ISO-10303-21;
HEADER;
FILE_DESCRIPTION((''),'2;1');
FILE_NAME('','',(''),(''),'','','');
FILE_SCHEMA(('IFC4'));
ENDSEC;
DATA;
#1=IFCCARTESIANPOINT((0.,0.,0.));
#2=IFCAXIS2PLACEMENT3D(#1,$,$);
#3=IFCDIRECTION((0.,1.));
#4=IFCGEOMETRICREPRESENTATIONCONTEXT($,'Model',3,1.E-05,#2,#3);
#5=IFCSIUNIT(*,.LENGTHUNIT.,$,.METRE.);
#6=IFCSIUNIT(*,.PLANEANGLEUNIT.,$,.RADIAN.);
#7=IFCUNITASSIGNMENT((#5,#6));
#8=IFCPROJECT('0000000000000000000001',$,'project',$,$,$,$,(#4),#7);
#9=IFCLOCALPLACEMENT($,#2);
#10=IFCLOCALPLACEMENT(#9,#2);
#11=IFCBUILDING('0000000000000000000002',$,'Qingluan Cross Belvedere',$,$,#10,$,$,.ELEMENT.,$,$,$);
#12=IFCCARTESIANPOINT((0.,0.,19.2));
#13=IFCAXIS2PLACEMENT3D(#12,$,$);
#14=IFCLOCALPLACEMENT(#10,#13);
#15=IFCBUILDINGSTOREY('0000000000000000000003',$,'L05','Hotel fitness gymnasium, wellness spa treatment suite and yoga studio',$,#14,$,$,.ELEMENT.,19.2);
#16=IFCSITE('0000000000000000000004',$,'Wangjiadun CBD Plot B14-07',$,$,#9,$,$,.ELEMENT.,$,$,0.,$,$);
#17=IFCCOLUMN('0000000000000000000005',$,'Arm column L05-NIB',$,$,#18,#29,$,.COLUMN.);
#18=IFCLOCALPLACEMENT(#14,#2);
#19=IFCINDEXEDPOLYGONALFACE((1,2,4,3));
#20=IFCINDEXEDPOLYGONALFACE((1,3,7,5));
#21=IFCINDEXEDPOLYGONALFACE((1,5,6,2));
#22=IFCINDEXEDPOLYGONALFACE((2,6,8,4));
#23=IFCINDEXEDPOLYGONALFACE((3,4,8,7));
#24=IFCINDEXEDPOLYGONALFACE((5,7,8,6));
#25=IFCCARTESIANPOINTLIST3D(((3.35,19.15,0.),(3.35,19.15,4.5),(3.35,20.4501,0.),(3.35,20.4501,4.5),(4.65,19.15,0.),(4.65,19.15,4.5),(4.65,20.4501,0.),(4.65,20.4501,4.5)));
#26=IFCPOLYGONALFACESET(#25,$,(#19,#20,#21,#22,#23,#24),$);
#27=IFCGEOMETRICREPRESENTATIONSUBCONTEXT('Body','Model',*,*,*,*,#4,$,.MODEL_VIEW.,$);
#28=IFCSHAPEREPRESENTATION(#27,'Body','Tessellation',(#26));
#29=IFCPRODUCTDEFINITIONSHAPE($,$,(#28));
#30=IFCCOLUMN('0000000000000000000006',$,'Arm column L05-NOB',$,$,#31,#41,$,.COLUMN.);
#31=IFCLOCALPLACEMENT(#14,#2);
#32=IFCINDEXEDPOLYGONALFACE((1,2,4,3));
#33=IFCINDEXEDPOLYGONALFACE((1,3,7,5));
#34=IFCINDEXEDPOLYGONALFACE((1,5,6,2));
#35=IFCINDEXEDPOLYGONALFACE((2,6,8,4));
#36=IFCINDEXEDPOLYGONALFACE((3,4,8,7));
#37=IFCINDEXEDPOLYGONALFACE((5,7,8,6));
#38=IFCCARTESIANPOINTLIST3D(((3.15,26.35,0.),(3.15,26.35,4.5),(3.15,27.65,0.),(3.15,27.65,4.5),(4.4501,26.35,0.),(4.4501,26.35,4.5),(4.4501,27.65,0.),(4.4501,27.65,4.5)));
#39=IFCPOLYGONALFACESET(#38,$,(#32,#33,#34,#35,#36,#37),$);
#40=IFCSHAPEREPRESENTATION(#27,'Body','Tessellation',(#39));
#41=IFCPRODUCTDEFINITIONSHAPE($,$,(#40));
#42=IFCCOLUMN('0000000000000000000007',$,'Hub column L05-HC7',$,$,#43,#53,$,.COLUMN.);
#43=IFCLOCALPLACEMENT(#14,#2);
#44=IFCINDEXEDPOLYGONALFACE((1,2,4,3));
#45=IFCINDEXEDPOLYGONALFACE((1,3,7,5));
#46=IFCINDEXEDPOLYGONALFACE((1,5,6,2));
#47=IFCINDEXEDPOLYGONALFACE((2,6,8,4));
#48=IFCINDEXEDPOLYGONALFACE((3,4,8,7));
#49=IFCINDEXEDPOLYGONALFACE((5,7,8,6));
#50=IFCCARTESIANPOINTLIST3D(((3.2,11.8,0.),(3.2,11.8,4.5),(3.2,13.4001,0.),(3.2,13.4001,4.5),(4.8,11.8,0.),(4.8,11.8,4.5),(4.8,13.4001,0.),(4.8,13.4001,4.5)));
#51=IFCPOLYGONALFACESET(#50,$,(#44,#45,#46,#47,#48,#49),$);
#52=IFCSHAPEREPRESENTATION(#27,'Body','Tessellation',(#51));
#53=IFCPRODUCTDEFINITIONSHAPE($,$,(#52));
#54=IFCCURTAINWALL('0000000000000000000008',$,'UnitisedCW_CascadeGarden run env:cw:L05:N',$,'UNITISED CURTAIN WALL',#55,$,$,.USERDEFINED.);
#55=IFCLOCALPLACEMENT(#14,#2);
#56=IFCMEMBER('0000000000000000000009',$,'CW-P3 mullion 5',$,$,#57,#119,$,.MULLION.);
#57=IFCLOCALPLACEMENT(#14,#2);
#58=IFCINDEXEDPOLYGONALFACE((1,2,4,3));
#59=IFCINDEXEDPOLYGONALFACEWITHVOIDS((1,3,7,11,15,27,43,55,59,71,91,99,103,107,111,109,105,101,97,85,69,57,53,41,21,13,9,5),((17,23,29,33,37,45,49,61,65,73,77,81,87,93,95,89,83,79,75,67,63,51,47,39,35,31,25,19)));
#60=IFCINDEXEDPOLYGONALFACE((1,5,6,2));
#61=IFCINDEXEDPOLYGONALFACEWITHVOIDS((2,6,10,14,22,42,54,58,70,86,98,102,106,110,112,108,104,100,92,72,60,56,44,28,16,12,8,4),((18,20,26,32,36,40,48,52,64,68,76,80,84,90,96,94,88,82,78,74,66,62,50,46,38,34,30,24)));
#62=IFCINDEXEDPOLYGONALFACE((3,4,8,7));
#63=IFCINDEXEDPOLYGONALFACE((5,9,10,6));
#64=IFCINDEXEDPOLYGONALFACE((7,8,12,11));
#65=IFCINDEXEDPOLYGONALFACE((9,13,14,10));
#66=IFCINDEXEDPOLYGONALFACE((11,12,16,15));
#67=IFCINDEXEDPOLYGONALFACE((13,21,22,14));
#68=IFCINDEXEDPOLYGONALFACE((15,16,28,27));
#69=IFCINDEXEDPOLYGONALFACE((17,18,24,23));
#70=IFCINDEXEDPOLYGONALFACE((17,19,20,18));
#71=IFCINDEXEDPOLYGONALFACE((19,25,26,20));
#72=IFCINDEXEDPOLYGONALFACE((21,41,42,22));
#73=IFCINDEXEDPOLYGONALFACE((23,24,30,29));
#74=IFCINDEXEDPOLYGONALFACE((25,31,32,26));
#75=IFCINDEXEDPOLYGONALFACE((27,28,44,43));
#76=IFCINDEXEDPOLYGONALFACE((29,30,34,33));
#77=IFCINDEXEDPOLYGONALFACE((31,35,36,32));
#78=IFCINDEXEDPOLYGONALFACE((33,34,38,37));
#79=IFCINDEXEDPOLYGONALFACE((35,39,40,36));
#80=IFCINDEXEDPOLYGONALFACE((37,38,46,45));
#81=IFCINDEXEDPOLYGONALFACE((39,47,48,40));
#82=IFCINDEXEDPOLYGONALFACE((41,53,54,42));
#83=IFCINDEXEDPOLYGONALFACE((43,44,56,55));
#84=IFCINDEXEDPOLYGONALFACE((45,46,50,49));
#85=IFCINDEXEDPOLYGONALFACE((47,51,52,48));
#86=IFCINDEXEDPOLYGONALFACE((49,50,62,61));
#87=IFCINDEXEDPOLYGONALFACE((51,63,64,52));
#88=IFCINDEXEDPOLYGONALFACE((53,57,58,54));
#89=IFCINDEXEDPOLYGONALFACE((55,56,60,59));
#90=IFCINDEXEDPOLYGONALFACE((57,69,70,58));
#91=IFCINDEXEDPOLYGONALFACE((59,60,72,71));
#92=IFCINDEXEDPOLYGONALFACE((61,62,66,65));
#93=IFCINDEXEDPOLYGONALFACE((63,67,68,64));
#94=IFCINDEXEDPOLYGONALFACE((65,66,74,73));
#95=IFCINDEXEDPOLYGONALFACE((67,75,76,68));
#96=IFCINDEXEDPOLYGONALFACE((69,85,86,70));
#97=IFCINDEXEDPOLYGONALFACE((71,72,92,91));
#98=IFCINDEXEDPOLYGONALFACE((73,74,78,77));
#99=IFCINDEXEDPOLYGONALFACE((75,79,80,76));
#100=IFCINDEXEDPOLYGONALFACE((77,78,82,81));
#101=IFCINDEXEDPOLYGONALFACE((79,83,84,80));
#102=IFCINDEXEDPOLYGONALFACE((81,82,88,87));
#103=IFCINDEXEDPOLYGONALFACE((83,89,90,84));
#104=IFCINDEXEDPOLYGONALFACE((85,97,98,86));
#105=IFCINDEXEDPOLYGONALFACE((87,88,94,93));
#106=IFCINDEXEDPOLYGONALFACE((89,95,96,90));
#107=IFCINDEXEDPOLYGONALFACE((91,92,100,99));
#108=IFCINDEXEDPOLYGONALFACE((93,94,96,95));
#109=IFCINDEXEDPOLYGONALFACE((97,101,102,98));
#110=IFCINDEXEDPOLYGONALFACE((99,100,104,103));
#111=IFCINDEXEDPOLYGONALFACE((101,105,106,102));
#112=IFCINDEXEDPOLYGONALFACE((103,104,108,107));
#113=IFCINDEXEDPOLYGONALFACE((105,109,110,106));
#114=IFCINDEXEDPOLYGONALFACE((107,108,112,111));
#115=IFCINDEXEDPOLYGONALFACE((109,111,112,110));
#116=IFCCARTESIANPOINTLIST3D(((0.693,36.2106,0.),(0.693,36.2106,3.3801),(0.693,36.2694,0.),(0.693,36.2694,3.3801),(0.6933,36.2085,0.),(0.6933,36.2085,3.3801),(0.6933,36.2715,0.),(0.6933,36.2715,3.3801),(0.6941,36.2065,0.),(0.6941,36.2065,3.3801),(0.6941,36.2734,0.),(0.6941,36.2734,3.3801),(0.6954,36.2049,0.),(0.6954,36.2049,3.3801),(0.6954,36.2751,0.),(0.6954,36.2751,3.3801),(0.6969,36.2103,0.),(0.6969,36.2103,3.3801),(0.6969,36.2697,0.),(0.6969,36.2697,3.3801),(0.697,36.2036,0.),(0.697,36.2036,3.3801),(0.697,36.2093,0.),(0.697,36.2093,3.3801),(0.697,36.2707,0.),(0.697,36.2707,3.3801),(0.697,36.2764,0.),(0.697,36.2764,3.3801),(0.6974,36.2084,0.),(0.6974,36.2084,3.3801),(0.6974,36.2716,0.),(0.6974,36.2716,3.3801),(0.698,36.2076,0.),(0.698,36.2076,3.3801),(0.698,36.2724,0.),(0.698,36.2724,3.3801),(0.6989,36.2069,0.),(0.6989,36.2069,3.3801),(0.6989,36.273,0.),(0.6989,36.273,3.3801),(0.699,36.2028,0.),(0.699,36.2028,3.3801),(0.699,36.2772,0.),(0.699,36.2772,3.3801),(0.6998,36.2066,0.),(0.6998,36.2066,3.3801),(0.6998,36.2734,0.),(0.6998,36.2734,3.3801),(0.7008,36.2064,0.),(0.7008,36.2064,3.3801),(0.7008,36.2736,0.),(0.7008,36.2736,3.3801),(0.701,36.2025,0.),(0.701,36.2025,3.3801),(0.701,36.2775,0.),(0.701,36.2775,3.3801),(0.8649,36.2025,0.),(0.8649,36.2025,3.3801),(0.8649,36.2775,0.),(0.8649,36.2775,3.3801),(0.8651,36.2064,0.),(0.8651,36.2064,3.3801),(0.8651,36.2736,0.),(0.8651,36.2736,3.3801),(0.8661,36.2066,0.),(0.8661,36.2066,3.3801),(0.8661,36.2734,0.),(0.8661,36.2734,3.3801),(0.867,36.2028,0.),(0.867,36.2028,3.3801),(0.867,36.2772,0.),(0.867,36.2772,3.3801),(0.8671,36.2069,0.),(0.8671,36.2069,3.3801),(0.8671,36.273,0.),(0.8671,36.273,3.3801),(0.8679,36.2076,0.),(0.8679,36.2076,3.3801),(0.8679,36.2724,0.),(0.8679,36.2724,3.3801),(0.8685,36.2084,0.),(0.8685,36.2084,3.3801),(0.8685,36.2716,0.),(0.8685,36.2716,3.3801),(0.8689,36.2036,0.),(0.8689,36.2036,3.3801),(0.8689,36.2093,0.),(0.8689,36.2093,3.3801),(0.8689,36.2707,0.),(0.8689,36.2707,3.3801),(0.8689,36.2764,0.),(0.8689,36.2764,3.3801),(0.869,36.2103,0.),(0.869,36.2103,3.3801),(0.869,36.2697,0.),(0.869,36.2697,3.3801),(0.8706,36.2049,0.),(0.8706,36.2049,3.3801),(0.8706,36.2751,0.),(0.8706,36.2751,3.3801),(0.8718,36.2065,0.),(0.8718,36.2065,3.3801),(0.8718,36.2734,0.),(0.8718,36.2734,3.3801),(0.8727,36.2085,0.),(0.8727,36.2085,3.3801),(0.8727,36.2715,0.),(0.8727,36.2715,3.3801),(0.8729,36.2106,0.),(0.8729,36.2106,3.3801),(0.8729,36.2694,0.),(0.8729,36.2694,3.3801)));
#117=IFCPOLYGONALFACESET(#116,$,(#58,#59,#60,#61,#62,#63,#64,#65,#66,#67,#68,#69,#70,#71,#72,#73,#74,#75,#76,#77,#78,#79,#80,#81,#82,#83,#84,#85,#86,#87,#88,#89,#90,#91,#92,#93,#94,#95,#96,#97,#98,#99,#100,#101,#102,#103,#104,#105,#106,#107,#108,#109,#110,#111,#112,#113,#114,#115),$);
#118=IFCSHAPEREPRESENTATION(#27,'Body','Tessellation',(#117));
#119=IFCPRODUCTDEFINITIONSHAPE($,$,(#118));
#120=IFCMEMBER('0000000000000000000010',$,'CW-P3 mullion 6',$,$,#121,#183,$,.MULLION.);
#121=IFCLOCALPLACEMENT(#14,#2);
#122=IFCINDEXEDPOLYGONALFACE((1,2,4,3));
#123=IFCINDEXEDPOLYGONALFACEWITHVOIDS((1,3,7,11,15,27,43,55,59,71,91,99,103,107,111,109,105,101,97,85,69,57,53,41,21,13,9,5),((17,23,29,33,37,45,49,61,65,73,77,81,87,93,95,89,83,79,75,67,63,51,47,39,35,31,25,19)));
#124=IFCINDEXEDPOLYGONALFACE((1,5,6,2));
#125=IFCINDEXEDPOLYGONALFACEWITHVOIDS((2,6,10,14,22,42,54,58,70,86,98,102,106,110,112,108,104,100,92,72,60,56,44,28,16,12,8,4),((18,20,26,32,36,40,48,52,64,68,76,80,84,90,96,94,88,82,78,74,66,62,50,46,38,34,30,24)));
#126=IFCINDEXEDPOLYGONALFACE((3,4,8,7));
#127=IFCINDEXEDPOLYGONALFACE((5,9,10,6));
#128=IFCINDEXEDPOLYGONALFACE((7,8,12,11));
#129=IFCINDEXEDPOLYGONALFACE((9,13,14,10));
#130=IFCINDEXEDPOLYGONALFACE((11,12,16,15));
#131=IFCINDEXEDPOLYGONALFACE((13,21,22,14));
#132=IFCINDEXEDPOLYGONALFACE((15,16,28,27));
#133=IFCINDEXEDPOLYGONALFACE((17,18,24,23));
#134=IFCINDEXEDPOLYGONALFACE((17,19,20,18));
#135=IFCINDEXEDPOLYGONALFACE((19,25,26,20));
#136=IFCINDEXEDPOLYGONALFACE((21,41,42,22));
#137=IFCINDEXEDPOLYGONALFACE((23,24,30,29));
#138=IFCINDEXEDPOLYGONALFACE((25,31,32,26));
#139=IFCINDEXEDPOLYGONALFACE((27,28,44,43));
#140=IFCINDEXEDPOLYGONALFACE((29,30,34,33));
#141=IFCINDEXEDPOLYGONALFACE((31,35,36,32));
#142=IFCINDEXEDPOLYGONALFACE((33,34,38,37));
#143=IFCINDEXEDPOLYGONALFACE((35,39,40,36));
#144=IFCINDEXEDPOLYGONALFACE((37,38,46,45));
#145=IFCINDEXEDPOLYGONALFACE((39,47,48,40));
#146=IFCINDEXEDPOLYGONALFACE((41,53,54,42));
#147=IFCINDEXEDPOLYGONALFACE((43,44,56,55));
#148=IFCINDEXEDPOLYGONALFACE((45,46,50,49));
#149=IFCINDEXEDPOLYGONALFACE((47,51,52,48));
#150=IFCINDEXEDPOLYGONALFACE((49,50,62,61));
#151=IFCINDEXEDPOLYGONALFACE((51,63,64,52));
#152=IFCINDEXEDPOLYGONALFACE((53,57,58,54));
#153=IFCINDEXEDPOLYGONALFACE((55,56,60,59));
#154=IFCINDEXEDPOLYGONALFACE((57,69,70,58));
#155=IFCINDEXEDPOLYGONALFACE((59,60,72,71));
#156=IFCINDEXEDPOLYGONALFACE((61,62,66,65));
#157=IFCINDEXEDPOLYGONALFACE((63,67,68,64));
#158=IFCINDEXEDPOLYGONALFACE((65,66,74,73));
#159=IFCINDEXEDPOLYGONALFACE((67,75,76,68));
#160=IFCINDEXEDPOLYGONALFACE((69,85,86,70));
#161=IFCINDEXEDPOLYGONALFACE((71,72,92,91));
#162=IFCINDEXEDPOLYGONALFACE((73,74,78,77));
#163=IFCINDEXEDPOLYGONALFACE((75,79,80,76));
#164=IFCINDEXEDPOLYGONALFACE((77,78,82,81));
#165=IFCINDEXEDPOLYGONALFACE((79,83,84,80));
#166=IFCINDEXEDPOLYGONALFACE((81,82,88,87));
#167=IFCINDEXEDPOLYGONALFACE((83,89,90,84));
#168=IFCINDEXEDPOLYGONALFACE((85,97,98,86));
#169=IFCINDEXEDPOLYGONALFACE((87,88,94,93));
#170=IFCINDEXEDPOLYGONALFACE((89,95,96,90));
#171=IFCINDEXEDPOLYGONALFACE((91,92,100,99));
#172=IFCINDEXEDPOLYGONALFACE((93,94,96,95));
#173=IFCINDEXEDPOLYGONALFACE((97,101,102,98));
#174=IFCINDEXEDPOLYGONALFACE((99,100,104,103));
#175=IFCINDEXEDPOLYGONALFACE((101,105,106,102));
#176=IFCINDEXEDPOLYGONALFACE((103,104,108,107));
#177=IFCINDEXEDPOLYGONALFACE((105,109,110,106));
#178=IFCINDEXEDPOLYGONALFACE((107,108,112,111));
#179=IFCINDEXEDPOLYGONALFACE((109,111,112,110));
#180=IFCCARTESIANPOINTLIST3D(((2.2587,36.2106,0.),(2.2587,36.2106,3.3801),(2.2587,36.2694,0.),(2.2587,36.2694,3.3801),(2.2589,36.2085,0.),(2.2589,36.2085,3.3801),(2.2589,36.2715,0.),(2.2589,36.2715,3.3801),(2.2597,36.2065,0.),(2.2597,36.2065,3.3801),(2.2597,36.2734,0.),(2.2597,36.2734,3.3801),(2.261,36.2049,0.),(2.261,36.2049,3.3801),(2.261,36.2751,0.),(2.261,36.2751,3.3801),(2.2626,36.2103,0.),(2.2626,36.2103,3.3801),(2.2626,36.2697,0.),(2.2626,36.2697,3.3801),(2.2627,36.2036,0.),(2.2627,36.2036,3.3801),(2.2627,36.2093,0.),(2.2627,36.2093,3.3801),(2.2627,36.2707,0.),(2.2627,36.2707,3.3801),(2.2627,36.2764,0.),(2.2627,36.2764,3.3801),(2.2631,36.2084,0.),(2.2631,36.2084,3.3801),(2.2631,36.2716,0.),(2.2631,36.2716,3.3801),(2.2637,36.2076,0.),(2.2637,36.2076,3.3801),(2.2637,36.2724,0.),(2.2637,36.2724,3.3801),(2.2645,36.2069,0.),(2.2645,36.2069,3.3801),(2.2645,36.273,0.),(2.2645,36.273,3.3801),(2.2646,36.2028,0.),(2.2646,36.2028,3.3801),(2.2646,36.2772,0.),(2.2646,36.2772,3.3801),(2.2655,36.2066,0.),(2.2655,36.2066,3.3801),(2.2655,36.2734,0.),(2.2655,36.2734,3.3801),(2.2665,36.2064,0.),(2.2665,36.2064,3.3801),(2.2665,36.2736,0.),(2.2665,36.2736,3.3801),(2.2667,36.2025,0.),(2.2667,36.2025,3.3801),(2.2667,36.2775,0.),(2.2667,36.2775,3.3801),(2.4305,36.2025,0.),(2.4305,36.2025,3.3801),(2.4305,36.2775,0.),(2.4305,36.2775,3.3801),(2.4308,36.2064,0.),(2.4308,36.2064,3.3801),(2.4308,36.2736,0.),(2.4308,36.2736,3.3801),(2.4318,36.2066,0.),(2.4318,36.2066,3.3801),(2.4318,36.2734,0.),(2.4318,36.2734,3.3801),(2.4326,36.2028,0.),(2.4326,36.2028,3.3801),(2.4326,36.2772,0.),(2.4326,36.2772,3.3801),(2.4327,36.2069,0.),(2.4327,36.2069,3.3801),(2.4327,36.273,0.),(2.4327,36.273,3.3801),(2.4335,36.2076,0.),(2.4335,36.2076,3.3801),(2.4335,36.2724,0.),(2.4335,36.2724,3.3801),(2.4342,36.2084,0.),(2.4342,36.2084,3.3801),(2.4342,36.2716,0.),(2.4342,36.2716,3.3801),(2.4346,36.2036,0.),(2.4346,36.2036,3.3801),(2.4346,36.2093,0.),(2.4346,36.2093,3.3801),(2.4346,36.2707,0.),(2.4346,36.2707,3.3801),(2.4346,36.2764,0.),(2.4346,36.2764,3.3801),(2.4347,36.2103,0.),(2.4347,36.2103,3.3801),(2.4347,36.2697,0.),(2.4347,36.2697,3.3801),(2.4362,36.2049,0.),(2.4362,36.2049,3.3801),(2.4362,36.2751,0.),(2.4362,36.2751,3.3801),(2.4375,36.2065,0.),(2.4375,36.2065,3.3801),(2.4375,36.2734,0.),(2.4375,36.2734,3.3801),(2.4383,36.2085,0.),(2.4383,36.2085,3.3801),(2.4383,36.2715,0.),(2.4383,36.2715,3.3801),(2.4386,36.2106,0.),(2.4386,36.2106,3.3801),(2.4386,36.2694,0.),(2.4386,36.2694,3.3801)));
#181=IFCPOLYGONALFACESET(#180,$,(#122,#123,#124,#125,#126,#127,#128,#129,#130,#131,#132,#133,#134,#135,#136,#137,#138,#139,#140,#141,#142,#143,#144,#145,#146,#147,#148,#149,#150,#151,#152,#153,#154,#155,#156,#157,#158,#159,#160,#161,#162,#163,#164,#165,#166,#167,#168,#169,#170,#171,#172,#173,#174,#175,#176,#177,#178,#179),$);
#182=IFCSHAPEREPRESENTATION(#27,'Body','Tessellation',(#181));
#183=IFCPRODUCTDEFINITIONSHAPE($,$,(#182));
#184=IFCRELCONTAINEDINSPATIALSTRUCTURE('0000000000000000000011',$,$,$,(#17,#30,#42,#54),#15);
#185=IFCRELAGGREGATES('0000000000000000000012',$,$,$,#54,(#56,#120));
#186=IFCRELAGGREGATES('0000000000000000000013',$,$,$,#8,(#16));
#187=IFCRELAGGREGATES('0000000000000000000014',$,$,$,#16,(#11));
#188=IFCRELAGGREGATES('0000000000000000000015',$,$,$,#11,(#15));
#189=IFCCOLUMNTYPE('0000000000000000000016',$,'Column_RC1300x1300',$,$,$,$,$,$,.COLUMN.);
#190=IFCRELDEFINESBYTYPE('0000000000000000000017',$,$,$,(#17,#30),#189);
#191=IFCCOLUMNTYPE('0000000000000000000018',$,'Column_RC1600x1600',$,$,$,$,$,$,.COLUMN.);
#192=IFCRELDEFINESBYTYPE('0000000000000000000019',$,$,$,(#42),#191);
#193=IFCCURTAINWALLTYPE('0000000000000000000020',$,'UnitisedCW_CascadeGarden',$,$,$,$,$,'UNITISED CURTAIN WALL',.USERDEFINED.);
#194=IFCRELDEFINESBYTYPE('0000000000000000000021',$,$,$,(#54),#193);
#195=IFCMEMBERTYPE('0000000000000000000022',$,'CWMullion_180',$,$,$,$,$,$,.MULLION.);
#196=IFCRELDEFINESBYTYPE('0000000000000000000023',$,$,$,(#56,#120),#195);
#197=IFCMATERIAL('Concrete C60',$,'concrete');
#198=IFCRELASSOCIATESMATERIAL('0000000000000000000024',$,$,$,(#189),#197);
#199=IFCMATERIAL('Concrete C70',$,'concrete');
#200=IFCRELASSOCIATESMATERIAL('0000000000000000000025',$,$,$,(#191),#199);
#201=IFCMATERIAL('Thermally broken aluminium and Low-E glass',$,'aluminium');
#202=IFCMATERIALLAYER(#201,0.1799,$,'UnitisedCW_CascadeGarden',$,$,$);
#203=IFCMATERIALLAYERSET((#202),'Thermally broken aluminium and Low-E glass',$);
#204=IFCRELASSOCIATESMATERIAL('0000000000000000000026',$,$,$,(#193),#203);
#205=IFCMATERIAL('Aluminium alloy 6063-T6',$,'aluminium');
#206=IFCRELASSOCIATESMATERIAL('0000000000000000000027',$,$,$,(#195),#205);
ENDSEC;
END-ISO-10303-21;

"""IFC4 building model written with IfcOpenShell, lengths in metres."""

from ifc_helpers import new_model, si_unit, direction, frame, origin, origin_2d, place, context, subcontext, project, spatial, rectangle, hollow_rectangle, extrude, material, layer, layer_set, material_profile, profile_set, type_object, element, aggregate, save


model = new_model("IFC4")

# Units and contexts
model_context = context("Model", 3, precision=1e-05, world=origin(), true_north=direction((0.0, 1.0)))
body_context = subcontext(model_context, "Body", "Model", "MODEL_VIEW")
ifc_project = project(units=[si_unit("LENGTHUNIT", "METRE"), si_unit("PLANEANGLEUNIT", "RADIAN")], contexts=[model_context])

# Site, building, storey
site_placement = place(None, origin())
site = spatial("IfcSite", under=ifc_project, at=site_placement, Name="Wangjiadun CBD Plot B14-07", CompositionType="ELEMENT", RefElevation=0.0)
building_placement = place(site_placement, origin())
building = spatial("IfcBuilding", under=site, at=building_placement, Name="Qingluan Cross Belvedere", CompositionType="ELEMENT")
storey_placement = place(building_placement, frame((0.0, 0.0, 19.2)))
storey = spatial("IfcBuildingStorey", under=building, at=storey_placement, Name="L05", Description="Hotel fitness gymnasium, wellness spa treatment suite and yoga studio", CompositionType="ELEMENT", Elevation=19.2)

# Columns
ifc_material_1 = material(Name="Concrete C60", Category="concrete")
ifc_material_profile_1 = material_profile(ifc_material_1, rectangle(XDim=1.3, YDim=1.3, at=origin_2d()), Name="RC1300x1300")
ifc_profile_set_1 = profile_set([ifc_material_profile_1], Name="Concrete C60")
column_type_1 = type_object("IfcColumnType", Name="Column_RC1300x1300", PredefinedType="COLUMN", material=ifc_profile_set_1)
for number, where, z_axis, x_axis, name in (
    (1, (4.0, 19.8, 0.0), (0.0, 0.0, 1.0), (1.0, 0.0, 0.0), "Arm column L05-NIB"),
    (2, (3.8, 27.0, 0.0), (0.0, 0.0, 1.0), (1.0, 0.0, 0.0), "Arm column L05-NOB"),
):
    element("IfcColumn", number, at=place(storey_placement, frame(where, z_axis=z_axis, x_axis=x_axis)), inside=storey, type_object=column_type_1, Name=name, PredefinedType="COLUMN", context=body_context, shape_type="SweptSolid", body=[
        extrude(rectangle(XDim=1.3, YDim=1.3, at=origin_2d()), origin(), (0.0, 0.0, 1.0), 4.5),
    ])
ifc_material_2 = material(Name="Concrete C70", Category="concrete")
ifc_material_profile_2 = material_profile(ifc_material_2, rectangle(XDim=1.6001, YDim=1.6001, at=origin_2d()), Name="RC1600x1600")
ifc_profile_set_2 = profile_set([ifc_material_profile_2], Name="Concrete C70")
column_type_2 = type_object("IfcColumnType", Name="Column_RC1600x1600", PredefinedType="COLUMN", material=ifc_profile_set_2)
column_placement = place(storey_placement, frame((4.0, 12.6001, 0.0), z_axis=(0.0, 0.0, 1.0), x_axis=(1.0, 0.0, 0.0)))
element("IfcColumn", 3, at=column_placement, inside=storey, type_object=column_type_2, Name="Hub column L05-HC7", PredefinedType="COLUMN", context=body_context, shape_type="SweptSolid", body=[
    extrude(rectangle(XDim=1.6001, YDim=1.6001, at=origin_2d()), origin(), (0.0, 0.0, 1.0), 4.5),
])

# Curtain wall, members
ifc_material_3 = material(Name="Thermally broken aluminium and Low-E glass", Category="aluminium")
ifc_layer_1 = layer(ifc_material_3, 0.1799, Name="UnitisedCW_CascadeGarden")
ifc_layer_set_1 = layer_set([ifc_layer_1], Name="Thermally broken aluminium and Low-E glass")
curtain_wall_type = type_object("IfcCurtainWallType", Name="UnitisedCW_CascadeGarden", ElementType="UNITISED CURTAIN WALL", PredefinedType="USERDEFINED", material=ifc_layer_set_1)
curtain_wall_placement = place(storey_placement, origin())
curtain_wall = element("IfcCurtainWall", 4, at=curtain_wall_placement, inside=storey, type_object=curtain_wall_type, Name="UnitisedCW_CascadeGarden run env:cw:L05:N", ObjectType="UNITISED CURTAIN WALL", PredefinedType="USERDEFINED")
ifc_material_4 = material(Name="Aluminium alloy 6063-T6", Category="aluminium")
ifc_material_profile_3 = material_profile(ifc_material_4, hollow_rectangle(XDim=0.075, YDim=0.1799, WallThickness=0.0039, InnerFilletRadius=0.0039, OuterFilletRadius=0.0081, at=origin_2d()), Name="CWM180x75x4")
ifc_profile_set_3 = profile_set([ifc_material_profile_3], Name="Aluminium alloy 6063-T6")
member_type_1 = type_object("IfcMemberType", Name="CWMullion_180", PredefinedType="MULLION", material=ifc_profile_set_3)
member_1_placement = place(storey_placement, frame((0.783, 36.24, 0.0), z_axis=(0.0, 0.0, 1.0), x_axis=(0.0, 1.0, 0.0)))
member_1 = element("IfcMember", 5, at=member_1_placement, type_object=member_type_1, Name="CW-P3 mullion 5", PredefinedType="MULLION", context=body_context, shape_type="SweptSolid", body=[
    extrude(hollow_rectangle(XDim=0.075, YDim=0.1799, WallThickness=0.0039, InnerFilletRadius=0.0039, OuterFilletRadius=0.0081, at=origin_2d()), origin(), (0.0, 0.0, 1.0), 3.3801),
])
member_2_placement = place(storey_placement, frame((2.3486, 36.24, 0.0), z_axis=(0.0, 0.0, 1.0), x_axis=(0.0, 1.0, 0.0)))
member_2 = element("IfcMember", 6, at=member_2_placement, type_object=member_type_1, Name="CW-P3 mullion 6", PredefinedType="MULLION", context=body_context, shape_type="SweptSolid", body=[
    extrude(hollow_rectangle(XDim=0.075, YDim=0.1799, WallThickness=0.0039, InnerFilletRadius=0.0039, OuterFilletRadius=0.0081, at=origin_2d()), origin(), (0.0, 0.0, 1.0), 3.3801),
])

aggregate(curtain_wall, [member_1, member_2])

save(model, "model.ifc")
